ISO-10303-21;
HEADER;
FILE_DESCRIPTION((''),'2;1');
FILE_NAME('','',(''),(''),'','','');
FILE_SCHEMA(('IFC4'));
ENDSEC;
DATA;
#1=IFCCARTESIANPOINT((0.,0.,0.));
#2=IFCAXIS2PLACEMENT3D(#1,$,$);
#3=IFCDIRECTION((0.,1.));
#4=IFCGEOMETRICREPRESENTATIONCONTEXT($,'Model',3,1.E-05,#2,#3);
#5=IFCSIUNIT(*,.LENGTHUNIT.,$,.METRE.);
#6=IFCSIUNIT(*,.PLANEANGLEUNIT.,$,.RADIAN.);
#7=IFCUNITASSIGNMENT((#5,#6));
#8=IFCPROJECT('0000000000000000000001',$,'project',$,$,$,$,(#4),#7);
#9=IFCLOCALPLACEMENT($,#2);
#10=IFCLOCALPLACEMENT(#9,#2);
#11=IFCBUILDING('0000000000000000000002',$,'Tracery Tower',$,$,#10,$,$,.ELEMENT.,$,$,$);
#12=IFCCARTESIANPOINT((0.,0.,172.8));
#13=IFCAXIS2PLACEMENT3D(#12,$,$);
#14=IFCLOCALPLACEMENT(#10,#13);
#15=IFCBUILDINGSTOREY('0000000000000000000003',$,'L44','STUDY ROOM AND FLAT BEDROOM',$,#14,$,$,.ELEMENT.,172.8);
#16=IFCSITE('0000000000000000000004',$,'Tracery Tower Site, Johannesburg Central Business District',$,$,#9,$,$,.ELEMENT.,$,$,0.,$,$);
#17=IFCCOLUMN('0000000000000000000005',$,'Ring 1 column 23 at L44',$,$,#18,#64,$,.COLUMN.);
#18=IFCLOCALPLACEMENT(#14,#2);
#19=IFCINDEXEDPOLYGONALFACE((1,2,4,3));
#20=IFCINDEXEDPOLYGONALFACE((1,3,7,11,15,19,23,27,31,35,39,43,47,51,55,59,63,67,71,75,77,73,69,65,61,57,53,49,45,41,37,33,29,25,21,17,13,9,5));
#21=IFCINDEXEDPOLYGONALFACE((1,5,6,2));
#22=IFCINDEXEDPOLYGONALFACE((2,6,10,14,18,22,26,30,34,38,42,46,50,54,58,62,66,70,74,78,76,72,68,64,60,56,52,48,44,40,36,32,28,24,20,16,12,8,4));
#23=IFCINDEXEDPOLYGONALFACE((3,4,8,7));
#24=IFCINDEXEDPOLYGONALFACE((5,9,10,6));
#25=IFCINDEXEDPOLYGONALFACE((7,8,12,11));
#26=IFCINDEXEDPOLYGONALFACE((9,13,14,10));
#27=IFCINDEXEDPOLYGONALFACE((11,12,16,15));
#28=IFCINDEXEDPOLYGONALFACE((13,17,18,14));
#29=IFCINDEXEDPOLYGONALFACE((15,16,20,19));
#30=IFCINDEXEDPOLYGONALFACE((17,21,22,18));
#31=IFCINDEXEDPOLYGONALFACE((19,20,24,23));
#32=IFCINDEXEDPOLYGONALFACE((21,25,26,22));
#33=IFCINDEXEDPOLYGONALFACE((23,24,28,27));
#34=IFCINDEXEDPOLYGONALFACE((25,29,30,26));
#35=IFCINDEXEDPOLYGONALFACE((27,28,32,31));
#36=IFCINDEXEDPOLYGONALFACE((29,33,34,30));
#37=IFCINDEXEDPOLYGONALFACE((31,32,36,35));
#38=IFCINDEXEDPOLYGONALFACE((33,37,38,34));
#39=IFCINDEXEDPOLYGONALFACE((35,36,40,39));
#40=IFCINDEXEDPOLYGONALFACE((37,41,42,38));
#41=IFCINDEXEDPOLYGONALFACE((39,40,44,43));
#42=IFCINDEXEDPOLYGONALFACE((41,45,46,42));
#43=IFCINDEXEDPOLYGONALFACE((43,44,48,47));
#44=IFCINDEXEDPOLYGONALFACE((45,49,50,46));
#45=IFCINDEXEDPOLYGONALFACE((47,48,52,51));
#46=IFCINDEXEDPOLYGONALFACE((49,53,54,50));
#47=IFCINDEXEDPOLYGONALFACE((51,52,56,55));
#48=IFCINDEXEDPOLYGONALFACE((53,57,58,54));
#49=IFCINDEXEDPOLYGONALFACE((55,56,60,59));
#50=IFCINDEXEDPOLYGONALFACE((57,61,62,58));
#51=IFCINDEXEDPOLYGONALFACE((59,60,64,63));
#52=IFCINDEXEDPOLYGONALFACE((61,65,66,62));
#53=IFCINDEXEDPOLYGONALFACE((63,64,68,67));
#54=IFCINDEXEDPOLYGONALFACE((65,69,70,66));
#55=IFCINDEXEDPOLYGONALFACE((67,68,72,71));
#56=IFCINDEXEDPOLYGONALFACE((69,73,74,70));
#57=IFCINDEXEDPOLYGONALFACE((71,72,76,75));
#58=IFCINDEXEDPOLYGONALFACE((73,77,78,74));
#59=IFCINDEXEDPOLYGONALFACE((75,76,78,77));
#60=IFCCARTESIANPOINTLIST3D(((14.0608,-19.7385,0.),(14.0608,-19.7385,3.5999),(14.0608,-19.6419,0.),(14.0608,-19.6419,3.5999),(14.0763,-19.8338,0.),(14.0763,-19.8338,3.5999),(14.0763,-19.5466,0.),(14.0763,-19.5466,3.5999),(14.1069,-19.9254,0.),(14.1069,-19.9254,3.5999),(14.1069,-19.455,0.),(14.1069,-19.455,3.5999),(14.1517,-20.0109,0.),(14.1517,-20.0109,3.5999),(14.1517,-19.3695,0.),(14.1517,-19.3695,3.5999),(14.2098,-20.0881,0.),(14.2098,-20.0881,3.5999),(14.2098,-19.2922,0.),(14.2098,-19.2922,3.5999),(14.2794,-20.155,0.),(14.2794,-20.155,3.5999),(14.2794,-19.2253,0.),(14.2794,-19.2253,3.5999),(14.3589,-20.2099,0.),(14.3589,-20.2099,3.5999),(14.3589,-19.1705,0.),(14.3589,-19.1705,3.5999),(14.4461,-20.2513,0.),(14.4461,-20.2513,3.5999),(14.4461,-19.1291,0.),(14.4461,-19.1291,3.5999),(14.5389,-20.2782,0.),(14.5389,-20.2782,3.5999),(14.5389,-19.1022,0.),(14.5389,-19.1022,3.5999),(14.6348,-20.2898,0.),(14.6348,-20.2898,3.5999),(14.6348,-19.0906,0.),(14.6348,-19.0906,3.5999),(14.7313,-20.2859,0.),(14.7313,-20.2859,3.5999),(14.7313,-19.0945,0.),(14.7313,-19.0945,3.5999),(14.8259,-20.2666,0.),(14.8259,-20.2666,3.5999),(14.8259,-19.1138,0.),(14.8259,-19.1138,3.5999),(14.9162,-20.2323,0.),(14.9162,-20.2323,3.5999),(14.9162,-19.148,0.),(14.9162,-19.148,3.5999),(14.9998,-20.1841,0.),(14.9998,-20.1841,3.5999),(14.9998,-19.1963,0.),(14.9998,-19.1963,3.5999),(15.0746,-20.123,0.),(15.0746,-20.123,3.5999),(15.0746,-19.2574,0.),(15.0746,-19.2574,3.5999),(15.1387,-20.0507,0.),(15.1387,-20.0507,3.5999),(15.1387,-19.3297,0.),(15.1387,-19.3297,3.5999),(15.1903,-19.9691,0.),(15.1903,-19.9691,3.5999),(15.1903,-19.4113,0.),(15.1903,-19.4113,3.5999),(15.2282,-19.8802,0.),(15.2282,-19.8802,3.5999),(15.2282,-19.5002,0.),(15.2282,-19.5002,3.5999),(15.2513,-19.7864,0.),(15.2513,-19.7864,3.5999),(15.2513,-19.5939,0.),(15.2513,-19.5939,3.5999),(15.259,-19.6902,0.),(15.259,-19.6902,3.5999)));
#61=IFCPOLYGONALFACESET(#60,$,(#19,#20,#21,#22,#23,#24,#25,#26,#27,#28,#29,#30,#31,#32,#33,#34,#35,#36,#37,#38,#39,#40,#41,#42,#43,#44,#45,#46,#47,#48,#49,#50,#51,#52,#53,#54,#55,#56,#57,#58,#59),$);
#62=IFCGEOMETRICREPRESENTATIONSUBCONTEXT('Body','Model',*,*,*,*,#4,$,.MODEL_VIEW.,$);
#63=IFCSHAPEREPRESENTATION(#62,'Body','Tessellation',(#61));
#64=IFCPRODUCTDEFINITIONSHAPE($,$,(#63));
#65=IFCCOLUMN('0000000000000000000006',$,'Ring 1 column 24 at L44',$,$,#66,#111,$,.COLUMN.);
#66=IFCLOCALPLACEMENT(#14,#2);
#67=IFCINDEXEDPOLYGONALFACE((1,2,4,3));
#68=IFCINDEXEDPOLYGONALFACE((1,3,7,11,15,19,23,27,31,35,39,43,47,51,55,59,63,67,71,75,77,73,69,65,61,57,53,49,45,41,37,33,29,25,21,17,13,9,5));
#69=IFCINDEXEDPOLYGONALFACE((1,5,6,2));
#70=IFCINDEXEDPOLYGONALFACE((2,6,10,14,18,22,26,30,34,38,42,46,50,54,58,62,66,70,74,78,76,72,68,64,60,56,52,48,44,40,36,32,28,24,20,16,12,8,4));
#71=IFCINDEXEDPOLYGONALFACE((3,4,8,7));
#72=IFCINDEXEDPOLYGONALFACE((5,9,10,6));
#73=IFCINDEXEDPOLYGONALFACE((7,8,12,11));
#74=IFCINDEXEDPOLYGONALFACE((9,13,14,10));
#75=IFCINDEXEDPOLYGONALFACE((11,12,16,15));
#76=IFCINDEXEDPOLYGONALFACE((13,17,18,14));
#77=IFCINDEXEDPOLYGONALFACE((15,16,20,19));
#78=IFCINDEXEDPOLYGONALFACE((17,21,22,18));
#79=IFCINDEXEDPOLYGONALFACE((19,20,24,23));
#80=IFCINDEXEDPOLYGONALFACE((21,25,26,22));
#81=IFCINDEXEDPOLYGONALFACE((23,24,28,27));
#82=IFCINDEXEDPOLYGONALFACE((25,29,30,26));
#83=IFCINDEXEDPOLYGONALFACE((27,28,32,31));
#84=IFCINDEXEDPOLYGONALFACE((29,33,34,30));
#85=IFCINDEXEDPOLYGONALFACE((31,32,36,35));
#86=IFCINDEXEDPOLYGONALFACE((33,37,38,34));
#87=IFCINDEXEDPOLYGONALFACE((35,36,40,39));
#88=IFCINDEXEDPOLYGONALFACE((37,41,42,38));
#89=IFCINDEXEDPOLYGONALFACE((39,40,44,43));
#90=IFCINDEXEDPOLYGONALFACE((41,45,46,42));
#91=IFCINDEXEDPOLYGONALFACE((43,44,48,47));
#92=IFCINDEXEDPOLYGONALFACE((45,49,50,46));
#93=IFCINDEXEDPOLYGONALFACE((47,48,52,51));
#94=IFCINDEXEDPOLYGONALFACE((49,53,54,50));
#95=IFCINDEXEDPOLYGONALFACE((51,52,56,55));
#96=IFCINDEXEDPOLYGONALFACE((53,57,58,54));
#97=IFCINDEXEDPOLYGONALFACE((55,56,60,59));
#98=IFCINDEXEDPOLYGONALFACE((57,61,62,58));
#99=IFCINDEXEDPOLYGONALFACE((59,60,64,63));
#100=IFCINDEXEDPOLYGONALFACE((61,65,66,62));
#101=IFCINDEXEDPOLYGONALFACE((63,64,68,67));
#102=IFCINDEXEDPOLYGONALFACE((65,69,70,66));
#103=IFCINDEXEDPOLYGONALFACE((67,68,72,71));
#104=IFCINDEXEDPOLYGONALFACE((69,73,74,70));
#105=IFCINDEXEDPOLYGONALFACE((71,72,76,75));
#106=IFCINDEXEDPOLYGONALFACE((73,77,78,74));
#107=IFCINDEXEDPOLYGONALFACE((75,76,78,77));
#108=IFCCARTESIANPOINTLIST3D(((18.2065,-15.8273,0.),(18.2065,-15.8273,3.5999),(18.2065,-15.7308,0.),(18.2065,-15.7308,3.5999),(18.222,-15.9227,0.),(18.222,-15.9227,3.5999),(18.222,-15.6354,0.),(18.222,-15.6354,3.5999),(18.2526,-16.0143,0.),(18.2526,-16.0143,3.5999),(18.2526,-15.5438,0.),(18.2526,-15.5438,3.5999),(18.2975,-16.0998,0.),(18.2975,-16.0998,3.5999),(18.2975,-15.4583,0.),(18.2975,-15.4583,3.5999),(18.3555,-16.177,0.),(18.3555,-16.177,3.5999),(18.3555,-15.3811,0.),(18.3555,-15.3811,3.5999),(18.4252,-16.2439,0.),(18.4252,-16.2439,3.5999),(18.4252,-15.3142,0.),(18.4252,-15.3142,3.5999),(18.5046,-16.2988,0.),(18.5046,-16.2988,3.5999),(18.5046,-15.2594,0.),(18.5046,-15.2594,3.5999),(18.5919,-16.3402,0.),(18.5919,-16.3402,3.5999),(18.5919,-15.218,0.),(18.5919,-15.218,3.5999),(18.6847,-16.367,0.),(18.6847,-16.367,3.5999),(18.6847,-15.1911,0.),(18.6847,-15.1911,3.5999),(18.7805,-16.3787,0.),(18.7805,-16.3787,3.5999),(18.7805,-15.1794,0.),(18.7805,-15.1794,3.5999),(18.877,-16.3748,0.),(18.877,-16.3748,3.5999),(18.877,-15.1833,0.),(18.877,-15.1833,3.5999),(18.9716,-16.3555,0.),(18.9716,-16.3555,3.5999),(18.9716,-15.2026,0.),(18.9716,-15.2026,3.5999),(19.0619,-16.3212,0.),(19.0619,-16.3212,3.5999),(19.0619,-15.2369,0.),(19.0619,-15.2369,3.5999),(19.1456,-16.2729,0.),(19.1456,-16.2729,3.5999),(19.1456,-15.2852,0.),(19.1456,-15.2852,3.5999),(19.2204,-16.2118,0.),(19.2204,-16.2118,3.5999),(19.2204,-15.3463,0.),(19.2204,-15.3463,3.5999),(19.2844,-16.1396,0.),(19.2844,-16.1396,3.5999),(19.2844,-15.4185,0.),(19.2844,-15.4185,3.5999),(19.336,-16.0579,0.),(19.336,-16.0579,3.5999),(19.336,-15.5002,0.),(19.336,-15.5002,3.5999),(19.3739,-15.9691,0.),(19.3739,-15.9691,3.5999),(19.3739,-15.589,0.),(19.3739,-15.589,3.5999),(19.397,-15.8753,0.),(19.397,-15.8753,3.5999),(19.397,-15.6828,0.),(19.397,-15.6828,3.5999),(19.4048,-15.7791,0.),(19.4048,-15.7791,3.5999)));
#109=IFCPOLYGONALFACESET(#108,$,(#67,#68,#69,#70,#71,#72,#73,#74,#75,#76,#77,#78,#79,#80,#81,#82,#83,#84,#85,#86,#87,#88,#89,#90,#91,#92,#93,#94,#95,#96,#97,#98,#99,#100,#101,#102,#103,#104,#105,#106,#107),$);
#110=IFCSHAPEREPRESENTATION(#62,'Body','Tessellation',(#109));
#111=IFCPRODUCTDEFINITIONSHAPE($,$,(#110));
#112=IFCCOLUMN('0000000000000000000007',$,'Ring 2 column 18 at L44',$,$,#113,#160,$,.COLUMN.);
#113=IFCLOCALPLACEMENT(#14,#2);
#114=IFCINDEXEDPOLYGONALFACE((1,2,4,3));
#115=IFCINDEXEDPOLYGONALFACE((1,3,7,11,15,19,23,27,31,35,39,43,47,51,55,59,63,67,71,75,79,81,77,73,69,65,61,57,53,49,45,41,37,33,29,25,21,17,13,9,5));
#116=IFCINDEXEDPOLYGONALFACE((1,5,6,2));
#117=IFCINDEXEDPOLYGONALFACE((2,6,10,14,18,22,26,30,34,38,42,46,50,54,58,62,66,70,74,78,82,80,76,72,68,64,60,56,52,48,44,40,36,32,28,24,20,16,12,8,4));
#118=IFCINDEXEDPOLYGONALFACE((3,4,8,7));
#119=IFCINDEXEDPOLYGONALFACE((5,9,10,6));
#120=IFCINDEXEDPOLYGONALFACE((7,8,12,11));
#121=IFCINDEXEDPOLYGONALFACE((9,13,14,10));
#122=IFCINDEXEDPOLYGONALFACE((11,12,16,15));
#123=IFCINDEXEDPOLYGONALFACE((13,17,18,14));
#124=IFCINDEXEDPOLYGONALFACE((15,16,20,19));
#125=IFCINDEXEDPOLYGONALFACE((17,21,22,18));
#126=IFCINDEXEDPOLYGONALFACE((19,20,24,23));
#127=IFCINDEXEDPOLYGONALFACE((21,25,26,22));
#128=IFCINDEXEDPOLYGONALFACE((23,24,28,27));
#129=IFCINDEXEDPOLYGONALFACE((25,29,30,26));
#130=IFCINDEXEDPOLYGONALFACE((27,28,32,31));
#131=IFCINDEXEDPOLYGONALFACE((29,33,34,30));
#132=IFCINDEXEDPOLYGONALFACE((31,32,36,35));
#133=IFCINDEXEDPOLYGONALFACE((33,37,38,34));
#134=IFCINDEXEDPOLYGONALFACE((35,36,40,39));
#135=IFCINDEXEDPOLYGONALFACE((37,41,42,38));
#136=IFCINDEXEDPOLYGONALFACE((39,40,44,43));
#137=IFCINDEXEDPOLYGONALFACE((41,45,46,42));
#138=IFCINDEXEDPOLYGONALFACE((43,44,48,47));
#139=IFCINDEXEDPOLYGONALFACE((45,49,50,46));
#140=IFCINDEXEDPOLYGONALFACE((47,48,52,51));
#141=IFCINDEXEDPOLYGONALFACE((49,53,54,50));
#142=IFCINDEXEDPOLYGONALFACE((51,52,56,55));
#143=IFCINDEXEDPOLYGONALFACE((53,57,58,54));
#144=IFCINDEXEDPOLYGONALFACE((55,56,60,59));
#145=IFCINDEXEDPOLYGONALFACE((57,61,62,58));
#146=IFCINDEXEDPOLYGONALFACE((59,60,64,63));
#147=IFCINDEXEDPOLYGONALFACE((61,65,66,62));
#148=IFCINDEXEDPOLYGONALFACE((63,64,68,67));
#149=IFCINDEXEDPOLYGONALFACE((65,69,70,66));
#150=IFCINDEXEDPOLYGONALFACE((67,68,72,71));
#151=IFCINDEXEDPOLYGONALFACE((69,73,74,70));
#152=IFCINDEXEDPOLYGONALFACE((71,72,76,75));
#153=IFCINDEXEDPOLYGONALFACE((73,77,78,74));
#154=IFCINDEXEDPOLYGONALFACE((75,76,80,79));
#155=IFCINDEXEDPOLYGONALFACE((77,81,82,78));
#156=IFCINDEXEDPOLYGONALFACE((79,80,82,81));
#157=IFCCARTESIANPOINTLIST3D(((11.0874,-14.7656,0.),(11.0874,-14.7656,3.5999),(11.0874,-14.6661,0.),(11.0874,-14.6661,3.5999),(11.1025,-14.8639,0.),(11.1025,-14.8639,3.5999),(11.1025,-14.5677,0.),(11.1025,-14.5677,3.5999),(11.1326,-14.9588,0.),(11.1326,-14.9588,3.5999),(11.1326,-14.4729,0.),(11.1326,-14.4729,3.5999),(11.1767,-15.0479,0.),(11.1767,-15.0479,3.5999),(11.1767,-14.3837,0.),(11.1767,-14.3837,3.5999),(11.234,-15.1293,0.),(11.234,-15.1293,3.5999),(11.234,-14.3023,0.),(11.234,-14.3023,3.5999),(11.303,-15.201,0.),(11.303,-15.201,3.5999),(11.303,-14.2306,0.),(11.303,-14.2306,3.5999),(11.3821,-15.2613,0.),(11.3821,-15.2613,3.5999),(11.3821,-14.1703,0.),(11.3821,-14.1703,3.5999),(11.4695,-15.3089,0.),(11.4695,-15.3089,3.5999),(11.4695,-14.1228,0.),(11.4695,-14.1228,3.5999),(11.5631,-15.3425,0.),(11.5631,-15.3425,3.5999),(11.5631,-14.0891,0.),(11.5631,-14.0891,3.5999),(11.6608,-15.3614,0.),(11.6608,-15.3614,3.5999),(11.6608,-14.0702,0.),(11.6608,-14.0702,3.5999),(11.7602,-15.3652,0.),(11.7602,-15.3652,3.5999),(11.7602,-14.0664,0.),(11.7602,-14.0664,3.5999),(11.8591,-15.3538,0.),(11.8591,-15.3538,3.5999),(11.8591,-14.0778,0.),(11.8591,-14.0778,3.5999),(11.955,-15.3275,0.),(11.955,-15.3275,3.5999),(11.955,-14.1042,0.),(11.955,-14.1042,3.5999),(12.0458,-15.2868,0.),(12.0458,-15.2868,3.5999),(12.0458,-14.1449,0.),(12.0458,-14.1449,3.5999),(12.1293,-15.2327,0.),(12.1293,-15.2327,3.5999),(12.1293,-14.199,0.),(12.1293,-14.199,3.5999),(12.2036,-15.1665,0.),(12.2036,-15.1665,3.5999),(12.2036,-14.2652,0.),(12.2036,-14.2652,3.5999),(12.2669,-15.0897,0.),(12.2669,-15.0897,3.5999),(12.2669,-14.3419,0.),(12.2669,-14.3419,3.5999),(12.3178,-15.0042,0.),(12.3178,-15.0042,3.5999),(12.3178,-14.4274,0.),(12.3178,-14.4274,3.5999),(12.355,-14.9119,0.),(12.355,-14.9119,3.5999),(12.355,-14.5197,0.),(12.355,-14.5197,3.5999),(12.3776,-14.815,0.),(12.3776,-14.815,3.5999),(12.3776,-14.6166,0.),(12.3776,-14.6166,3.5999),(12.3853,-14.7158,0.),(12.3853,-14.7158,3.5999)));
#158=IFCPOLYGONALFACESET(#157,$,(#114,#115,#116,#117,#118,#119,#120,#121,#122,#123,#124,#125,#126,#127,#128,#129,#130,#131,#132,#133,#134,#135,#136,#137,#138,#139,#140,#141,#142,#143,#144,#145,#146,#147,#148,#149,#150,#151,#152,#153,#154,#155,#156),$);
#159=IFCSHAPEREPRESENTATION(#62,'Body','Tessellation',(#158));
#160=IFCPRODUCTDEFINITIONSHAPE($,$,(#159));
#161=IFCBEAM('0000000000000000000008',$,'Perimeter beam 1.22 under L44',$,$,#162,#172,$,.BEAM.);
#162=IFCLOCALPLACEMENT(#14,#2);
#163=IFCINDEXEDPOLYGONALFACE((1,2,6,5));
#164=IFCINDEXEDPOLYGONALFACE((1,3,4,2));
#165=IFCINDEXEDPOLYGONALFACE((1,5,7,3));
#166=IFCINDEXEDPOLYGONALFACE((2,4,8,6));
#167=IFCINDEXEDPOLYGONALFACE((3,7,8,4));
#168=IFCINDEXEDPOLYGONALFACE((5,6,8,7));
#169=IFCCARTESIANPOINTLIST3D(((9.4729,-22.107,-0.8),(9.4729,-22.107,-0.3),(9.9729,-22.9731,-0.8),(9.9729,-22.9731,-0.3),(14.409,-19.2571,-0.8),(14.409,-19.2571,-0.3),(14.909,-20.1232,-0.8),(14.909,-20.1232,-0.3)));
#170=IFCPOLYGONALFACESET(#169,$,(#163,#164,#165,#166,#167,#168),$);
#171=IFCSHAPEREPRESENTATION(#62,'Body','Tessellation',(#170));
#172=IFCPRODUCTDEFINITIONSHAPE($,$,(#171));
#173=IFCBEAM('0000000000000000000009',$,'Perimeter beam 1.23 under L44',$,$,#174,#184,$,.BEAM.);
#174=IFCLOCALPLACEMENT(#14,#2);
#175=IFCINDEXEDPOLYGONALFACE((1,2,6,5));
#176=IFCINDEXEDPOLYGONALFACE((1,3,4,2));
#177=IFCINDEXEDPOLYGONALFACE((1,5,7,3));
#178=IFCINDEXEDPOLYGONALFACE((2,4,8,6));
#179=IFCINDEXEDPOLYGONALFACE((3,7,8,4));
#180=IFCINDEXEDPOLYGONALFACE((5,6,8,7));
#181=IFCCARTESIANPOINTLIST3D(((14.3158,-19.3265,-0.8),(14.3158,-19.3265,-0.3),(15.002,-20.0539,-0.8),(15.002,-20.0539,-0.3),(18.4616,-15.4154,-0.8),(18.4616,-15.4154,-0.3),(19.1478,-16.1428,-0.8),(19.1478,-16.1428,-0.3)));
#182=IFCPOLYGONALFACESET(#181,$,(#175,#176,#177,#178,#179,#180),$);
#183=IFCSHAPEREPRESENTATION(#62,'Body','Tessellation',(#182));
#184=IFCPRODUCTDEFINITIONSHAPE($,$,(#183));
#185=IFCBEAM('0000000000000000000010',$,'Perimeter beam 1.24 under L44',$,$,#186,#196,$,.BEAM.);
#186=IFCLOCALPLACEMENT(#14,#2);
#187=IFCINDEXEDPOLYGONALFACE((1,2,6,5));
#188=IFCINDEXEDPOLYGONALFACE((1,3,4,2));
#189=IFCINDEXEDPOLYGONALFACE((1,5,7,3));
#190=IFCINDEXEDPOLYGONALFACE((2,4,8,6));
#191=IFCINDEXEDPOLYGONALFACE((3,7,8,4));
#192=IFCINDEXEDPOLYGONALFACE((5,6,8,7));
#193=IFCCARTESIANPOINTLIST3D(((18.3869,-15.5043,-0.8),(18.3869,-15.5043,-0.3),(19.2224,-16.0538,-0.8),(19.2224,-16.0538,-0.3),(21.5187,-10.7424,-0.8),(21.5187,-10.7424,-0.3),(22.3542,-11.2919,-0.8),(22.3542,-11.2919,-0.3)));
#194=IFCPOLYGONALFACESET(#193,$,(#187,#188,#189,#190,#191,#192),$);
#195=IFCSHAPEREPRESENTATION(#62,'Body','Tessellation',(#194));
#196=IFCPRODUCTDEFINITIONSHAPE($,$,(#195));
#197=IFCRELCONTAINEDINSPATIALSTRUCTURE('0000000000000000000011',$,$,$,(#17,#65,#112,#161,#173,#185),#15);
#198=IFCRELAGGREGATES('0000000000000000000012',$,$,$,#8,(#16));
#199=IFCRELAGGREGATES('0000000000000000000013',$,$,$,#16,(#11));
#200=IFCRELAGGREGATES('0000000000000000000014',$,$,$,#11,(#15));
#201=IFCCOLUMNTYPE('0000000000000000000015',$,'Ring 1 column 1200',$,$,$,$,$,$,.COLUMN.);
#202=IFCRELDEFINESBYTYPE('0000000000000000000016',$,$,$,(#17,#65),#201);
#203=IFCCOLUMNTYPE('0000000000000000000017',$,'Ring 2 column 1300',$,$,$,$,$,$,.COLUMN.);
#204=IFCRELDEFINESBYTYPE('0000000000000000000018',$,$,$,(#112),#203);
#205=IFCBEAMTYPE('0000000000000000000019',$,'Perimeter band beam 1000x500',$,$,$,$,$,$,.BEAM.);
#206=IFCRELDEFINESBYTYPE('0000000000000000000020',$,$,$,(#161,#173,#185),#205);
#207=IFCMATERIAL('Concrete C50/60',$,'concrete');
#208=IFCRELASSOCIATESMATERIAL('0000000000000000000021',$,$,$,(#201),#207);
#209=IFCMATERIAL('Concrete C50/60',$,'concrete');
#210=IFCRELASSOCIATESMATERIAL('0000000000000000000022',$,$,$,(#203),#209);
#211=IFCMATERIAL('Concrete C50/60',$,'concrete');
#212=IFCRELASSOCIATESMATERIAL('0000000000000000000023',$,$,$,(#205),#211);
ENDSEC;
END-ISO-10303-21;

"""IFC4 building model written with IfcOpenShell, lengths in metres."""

from ifc_helpers import new_model, si_unit, direction, frame, origin, origin_2d, place, context, subcontext, project, spatial, rectangle, circle, extrude, material, material_profile, profile_set, type_object, element, save


model = new_model("IFC4")

# Units and contexts
model_context = context("Model", 3, precision=1e-05, world=origin(), true_north=direction((0.0, 1.0)))
body_context = subcontext(model_context, "Body", "Model", "MODEL_VIEW")
ifc_project = project(units=[si_unit("LENGTHUNIT", "METRE"), si_unit("PLANEANGLEUNIT", "RADIAN")], contexts=[model_context])

# Site, building, storey
site_placement = place(None, origin())
site = spatial("IfcSite", under=ifc_project, at=site_placement, Name="Tracery Tower Site, Johannesburg Central Business District", CompositionType="ELEMENT", RefElevation=0.0)
building_placement = place(site_placement, origin())
building = spatial("IfcBuilding", under=site, at=building_placement, Name="Tracery Tower", CompositionType="ELEMENT")
storey_placement = place(building_placement, frame((0.0, 0.0, 172.8)))
storey = spatial("IfcBuildingStorey", under=building, at=storey_placement, Name="L44", Description="STUDY ROOM AND FLAT BEDROOM", CompositionType="ELEMENT", Elevation=172.8)

# Columns
ifc_material_1 = material(Name="Concrete C50/60", Category="concrete")
ifc_material_profile_1 = material_profile(ifc_material_1, circle(Radius=0.6001, at=origin_2d()), Name="RC D1200")
ifc_profile_set_1 = profile_set([ifc_material_profile_1], Name="Concrete C50/60")
column_type_1 = type_object("IfcColumnType", Name="Ring 1 column 1200", PredefinedType="COLUMN", material=ifc_profile_set_1)
for number, where, z_axis, x_axis, name in (
    (1, (14.6589, -19.6902, 0.0), (0.0, 0.0, 1.0), (1.0, 0.0, 0.0), "Ring 1 column 23 at L44"),
    (2, (18.8047, -15.7791, 0.0), (0.0, 0.0, 1.0), (1.0, 0.0, 0.0), "Ring 1 column 24 at L44"),
):
    element("IfcColumn", number, at=place(storey_placement, frame(where, z_axis=z_axis, x_axis=x_axis)), inside=storey, type_object=column_type_1, Name=name, PredefinedType="COLUMN", context=body_context, shape_type="SweptSolid", body=[
        extrude(circle(Radius=0.6001, at=origin_2d()), origin(), (0.0, 0.0, 1.0), 3.5999),
    ])
ifc_material_2 = material(Name="Concrete C50/60", Category="concrete")
ifc_material_profile_2 = material_profile(ifc_material_2, circle(Radius=0.6499, at=origin_2d()), Name="RC D1300")
ifc_profile_set_2 = profile_set([ifc_material_profile_2], Name="Concrete C50/60")
column_type_2 = type_object("IfcColumnType", Name="Ring 2 column 1300", PredefinedType="COLUMN", material=ifc_profile_set_2)
column_placement = place(storey_placement, frame((11.7354, -14.7158, 0.0), z_axis=(0.0, 0.0, 1.0), x_axis=(1.0, 0.0, 0.0)))
element("IfcColumn", 3, at=column_placement, inside=storey, type_object=column_type_2, Name="Ring 2 column 18 at L44", PredefinedType="COLUMN", context=body_context, shape_type="SweptSolid", body=[
    extrude(circle(Radius=0.6499, at=origin_2d()), origin(), (0.0, 0.0, 1.0), 3.5999),
])

# Beams
ifc_material_3 = material(Name="Concrete C50/60", Category="concrete")
ifc_material_profile_3 = material_profile(ifc_material_3, rectangle(XDim=1.0, YDim=0.5, at=origin_2d()), Name="RC 1000x500")
ifc_profile_set_3 = profile_set([ifc_material_profile_3], Name="Concrete C50/60")
beam_type = type_object("IfcBeamType", Name="Perimeter band beam 1000x500", PredefinedType="BEAM", material=ifc_profile_set_3)
beam_placement = place(storey_placement, frame((9.7229, -22.54, -0.55), z_axis=(0.866023, 0.500004, 0.0), x_axis=(-0.500004, 0.866023, 0.0)))
element("IfcBeam", 4, at=beam_placement, inside=storey, type_object=beam_type, Name="Perimeter beam 1.22 under L44", PredefinedType="BEAM", context=body_context, shape_type="SweptSolid", body=[
    extrude(rectangle(XDim=1.0, YDim=0.5, at=origin_2d()), origin(), (0.0, 0.0, 1.0), 5.6997),
])
for number, where, z_axis, x_axis, name in (
    (5, (14.6589, -19.6902, -0.55), (0.72739, 0.686225, 0.0), (-0.686225, 0.72739, 0.0), "Perimeter beam 1.23 under L44"),
    (6, (18.8047, -15.7791, -0.55), (0.54949, 0.8355, 0.0), (-0.8355, 0.54949, 0.0), "Perimeter beam 1.24 under L44"),
):
    element("IfcBeam", number, at=place(storey_placement, frame(where, z_axis=z_axis, x_axis=x_axis)), inside=storey, type_object=beam_type, Name=name, PredefinedType="BEAM", context=body_context, shape_type="SweptSolid", body=[
        extrude(rectangle(XDim=1.0, YDim=0.5, at=origin_2d()), origin(), (0.0, 0.0, 1.0), 5.6995),
    ])

save(model, "model.ifc")
